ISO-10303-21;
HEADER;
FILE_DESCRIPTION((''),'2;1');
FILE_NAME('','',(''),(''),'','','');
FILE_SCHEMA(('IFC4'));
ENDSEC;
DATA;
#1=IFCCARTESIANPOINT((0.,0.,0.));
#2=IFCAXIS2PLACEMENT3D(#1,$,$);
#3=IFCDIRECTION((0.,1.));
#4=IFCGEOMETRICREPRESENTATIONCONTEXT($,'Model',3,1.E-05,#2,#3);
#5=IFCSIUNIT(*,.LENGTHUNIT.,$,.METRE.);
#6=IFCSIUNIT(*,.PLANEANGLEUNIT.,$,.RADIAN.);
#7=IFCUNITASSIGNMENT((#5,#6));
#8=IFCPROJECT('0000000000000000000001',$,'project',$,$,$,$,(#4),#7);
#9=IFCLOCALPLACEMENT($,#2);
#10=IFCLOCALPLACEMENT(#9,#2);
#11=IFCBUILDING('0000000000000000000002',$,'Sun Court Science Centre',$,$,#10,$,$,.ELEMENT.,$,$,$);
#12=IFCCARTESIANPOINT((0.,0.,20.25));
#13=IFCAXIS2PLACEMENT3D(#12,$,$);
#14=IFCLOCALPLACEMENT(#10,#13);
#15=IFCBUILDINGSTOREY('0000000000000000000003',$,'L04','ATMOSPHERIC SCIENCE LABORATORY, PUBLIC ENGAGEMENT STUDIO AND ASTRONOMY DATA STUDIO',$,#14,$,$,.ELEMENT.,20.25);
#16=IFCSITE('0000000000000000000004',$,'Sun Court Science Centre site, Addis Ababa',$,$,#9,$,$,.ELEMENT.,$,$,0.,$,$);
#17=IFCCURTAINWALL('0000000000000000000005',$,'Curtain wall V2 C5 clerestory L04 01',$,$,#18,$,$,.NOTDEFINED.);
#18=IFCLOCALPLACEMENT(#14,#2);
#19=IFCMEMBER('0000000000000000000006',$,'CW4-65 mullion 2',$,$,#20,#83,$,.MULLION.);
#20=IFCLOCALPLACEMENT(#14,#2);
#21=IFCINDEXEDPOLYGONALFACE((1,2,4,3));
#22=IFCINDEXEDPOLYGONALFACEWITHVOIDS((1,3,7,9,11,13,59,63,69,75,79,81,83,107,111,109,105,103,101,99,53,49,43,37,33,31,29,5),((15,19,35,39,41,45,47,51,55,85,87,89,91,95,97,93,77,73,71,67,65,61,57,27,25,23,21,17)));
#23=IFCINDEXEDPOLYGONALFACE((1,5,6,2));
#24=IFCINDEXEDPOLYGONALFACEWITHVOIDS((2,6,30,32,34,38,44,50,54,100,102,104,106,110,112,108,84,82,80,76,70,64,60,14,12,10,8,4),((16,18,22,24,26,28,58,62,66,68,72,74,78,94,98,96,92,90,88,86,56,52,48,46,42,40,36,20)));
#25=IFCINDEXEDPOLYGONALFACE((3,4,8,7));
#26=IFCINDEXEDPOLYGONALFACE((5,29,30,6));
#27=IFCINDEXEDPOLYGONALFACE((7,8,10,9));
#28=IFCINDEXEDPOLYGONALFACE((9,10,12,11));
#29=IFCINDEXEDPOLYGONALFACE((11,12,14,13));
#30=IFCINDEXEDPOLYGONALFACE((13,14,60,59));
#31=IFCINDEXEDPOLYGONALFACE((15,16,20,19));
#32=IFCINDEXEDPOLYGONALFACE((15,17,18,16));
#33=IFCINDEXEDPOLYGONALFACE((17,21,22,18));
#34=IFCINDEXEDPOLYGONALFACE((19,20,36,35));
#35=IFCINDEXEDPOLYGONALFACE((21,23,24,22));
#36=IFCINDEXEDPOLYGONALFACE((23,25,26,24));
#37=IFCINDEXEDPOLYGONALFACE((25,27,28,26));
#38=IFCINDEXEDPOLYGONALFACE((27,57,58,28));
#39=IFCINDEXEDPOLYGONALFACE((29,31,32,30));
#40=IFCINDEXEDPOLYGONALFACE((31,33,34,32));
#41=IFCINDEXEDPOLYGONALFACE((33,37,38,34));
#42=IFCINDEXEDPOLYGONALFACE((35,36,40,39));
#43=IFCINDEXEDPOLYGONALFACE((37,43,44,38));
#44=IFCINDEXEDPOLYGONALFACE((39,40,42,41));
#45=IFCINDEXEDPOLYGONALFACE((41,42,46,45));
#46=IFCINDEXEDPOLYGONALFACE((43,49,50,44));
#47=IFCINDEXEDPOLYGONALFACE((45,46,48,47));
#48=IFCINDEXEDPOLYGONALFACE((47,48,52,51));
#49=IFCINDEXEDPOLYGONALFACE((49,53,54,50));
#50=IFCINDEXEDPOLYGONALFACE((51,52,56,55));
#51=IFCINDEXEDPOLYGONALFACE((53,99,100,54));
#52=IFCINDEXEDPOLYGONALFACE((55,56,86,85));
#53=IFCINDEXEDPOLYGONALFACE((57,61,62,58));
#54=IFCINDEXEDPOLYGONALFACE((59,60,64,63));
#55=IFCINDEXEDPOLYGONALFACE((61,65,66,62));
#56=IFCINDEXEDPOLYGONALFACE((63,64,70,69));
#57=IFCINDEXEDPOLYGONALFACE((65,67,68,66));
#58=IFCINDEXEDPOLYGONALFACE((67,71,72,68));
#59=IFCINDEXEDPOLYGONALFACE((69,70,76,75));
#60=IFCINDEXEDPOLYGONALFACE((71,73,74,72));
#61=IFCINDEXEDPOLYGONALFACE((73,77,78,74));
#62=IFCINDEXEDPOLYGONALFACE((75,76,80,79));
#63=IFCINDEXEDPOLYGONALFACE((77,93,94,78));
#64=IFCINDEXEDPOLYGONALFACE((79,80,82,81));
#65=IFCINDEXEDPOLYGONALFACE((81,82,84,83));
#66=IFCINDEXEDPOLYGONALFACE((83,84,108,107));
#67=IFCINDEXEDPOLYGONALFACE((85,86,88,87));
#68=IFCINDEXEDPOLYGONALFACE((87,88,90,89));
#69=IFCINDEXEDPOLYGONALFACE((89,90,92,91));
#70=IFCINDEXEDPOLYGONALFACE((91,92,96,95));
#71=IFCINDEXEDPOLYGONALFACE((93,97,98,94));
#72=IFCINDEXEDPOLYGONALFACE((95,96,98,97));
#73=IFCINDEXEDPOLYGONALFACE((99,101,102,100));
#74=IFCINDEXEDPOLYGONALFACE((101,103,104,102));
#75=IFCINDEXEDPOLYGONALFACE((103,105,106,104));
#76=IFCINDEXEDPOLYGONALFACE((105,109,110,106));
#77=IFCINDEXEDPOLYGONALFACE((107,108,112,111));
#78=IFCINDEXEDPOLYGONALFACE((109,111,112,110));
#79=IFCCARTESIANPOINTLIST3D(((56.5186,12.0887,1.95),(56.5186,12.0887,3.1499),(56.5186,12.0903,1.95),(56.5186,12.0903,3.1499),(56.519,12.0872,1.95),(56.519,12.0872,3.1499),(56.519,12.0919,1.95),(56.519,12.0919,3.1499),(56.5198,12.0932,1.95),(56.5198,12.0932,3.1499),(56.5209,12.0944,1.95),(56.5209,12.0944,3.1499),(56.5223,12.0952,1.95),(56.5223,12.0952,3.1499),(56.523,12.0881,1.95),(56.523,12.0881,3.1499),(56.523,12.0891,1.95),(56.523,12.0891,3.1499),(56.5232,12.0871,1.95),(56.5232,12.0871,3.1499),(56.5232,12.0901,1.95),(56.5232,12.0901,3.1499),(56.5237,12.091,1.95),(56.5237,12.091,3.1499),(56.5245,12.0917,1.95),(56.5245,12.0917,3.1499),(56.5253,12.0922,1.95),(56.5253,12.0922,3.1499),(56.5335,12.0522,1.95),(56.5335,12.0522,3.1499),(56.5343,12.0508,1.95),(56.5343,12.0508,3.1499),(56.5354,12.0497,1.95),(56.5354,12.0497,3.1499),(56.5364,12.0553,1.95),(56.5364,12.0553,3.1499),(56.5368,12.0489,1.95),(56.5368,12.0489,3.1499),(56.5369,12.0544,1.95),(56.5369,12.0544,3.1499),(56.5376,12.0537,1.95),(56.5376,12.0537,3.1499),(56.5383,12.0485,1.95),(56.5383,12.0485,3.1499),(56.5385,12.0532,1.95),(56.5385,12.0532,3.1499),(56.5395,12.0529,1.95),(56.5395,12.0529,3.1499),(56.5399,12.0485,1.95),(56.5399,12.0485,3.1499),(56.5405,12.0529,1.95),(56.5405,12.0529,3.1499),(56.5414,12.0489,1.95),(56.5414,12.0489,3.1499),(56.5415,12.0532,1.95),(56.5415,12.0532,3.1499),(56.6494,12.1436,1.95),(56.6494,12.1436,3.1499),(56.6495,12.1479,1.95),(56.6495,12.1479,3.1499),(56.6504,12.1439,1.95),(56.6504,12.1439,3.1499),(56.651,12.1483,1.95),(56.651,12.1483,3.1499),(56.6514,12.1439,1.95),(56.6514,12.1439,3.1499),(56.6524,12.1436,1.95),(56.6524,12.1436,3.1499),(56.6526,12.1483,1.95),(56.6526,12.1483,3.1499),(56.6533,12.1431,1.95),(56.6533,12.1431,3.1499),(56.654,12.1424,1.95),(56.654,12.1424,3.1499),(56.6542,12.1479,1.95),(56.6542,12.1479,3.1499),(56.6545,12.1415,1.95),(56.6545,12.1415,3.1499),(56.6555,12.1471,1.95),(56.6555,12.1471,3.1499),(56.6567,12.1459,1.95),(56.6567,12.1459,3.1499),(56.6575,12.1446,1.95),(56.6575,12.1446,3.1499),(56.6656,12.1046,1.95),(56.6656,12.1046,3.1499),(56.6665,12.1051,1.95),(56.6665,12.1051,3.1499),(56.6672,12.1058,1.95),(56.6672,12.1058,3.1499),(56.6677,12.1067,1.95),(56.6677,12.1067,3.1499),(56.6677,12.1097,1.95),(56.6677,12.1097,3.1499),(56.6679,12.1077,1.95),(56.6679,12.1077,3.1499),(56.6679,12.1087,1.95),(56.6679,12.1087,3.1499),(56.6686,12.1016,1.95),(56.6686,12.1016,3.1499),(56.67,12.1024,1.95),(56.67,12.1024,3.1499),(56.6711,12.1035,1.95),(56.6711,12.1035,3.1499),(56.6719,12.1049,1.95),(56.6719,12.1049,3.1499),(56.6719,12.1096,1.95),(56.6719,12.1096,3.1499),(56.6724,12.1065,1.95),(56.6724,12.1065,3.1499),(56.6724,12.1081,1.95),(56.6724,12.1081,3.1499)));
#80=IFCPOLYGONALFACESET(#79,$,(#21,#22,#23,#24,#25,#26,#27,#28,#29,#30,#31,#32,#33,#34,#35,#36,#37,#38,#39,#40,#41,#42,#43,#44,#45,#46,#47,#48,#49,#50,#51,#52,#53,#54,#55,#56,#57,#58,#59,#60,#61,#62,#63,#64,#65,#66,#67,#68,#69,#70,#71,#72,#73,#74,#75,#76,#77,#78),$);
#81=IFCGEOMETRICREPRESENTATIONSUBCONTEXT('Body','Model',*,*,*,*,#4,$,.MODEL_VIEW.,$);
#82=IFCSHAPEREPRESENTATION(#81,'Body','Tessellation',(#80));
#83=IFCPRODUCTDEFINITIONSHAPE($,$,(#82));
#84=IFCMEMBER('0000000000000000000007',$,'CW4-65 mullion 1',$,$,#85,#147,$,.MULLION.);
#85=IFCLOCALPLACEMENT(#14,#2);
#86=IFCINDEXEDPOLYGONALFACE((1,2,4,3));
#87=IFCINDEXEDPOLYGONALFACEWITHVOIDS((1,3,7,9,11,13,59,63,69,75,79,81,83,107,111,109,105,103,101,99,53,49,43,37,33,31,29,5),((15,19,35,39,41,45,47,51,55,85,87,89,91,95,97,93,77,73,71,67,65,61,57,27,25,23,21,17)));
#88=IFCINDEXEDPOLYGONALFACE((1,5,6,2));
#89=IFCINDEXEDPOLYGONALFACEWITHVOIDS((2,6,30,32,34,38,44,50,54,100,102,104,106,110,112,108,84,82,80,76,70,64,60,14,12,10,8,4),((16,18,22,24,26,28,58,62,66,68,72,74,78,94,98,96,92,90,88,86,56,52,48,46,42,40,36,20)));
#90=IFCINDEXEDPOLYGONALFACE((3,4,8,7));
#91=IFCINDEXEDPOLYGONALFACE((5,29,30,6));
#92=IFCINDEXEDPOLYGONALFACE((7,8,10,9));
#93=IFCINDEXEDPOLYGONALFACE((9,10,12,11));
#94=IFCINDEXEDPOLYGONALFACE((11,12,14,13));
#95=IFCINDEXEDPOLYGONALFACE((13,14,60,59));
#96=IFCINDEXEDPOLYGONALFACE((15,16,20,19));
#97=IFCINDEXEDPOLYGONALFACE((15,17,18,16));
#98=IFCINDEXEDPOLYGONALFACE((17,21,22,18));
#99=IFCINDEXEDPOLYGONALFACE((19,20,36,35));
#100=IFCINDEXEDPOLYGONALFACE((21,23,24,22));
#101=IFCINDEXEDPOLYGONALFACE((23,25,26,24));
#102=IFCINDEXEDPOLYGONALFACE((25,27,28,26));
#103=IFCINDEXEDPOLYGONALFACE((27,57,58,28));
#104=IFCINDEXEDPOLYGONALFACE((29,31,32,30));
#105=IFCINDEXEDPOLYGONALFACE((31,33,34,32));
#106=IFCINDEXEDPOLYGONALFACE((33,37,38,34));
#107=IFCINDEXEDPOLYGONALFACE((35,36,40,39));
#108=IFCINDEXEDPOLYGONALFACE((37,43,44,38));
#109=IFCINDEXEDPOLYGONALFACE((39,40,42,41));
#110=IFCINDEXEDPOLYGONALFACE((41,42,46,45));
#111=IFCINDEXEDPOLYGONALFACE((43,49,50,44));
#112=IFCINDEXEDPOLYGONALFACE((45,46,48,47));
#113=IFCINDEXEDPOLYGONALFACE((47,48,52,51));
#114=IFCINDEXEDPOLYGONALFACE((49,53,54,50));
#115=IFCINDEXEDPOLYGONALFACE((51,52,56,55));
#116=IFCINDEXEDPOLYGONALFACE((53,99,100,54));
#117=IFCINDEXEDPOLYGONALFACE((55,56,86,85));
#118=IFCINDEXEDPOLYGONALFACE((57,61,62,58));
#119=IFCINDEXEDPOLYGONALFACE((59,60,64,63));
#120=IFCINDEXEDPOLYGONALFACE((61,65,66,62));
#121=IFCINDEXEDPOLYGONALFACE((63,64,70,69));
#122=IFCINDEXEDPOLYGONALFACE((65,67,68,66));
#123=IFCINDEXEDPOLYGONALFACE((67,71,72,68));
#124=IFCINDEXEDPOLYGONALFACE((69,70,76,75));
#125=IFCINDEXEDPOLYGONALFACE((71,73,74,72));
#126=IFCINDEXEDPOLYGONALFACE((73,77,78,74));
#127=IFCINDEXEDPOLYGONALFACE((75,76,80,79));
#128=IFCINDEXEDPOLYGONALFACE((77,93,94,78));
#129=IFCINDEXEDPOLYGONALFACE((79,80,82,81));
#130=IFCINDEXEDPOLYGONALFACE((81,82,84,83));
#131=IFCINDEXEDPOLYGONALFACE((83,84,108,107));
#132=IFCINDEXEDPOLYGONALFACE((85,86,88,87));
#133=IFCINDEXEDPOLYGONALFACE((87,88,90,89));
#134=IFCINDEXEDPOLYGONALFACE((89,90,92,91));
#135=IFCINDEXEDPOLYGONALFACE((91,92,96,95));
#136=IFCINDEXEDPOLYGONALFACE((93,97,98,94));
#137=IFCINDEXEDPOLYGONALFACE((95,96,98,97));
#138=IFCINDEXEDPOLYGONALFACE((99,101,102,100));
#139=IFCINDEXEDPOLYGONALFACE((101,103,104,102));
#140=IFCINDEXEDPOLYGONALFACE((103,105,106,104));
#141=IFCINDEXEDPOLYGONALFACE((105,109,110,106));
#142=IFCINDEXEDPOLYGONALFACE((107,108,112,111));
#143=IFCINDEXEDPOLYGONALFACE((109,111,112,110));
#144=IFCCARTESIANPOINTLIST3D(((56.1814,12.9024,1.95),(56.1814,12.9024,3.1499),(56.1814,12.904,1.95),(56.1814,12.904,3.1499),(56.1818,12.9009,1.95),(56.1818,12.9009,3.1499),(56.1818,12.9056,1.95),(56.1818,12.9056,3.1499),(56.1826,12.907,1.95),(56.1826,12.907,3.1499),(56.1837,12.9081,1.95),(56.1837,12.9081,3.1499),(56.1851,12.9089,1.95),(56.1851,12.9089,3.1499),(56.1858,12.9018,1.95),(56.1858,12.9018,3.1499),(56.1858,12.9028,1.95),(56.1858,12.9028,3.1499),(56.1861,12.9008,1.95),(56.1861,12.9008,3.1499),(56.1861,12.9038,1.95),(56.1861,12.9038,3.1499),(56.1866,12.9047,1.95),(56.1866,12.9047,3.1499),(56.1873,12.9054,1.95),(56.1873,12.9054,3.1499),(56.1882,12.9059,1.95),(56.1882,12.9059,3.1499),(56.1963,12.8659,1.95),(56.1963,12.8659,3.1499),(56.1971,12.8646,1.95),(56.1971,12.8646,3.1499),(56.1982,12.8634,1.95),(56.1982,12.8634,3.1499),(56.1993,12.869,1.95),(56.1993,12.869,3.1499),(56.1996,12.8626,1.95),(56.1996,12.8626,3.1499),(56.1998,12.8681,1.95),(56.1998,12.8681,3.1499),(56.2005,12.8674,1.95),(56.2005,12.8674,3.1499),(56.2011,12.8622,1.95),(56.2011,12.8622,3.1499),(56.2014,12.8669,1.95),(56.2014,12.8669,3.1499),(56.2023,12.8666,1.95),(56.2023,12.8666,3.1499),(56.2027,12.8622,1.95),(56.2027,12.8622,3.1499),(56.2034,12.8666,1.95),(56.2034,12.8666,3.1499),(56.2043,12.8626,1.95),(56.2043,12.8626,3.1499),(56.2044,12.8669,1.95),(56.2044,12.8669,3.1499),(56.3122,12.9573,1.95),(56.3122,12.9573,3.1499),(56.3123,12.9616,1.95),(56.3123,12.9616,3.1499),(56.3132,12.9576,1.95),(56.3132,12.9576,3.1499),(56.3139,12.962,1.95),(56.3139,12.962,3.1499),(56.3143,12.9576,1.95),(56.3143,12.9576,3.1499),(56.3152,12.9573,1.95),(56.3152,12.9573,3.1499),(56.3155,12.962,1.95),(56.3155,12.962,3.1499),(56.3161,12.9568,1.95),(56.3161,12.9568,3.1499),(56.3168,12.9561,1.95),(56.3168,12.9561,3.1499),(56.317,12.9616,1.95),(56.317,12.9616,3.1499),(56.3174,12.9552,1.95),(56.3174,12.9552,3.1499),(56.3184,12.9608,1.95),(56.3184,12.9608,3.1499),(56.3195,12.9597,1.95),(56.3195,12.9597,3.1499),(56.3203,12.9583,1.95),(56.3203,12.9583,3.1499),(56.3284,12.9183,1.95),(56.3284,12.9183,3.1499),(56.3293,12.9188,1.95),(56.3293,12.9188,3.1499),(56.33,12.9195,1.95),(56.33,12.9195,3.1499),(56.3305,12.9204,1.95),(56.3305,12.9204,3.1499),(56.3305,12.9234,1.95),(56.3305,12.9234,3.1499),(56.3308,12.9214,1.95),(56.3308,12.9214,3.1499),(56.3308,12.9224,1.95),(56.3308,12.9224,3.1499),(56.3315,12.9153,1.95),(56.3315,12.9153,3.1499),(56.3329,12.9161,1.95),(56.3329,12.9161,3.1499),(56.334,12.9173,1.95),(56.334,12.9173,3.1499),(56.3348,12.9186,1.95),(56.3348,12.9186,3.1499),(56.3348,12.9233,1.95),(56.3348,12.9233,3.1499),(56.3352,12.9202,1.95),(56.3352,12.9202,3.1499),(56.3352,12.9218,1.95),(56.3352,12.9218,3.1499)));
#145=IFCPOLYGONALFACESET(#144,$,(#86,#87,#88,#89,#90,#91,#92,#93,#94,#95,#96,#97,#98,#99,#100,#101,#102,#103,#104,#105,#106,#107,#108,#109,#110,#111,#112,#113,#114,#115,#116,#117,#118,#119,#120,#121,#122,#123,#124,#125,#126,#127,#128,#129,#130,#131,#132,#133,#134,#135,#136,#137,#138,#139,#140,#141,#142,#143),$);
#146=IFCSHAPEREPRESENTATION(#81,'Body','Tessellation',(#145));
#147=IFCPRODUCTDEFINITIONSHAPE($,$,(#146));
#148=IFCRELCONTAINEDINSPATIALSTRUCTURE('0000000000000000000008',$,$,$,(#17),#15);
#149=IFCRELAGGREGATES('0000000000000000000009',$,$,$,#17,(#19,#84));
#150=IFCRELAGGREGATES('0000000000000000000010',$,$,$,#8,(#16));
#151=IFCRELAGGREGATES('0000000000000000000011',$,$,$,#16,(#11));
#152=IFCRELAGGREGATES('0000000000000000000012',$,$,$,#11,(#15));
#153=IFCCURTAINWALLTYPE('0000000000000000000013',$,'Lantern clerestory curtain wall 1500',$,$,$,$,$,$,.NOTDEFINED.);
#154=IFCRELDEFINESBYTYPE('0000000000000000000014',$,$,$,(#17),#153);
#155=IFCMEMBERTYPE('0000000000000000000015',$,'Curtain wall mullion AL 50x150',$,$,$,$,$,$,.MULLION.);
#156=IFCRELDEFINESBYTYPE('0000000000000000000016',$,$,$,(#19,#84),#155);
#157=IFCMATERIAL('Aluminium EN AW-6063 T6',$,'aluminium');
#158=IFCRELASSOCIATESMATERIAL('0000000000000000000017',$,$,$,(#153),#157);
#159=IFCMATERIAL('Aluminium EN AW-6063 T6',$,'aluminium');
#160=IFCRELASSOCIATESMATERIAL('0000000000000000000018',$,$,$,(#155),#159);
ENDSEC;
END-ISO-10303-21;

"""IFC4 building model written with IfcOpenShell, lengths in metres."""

from ifc_helpers import new_model, si_unit, direction, frame, origin, origin_2d, place, context, subcontext, project, spatial, hollow_rectangle, extrude, material, material_profile, profile_set, type_object, element, aggregate, save


model = new_model("IFC4")

# Units and contexts
model_context = context("Model", 3, precision=1e-05, world=origin(), true_north=direction((0.0, 1.0)))
body_context = subcontext(model_context, "Body", "Model", "MODEL_VIEW")
ifc_project = project(units=[si_unit("LENGTHUNIT", "METRE"), si_unit("PLANEANGLEUNIT", "RADIAN")], contexts=[model_context])

# Site, building, storey
site_placement = place(None, origin())
site = spatial("IfcSite", under=ifc_project, at=site_placement, Name="Sun Court Science Centre site, Addis Ababa", CompositionType="ELEMENT", RefElevation=0.0)
building_placement = place(site_placement, origin())
building = spatial("IfcBuilding", under=site, at=building_placement, Name="Sun Court Science Centre", CompositionType="ELEMENT")
storey_placement = place(building_placement, frame((0.0, 0.0, 20.25)))
storey = spatial("IfcBuildingStorey", under=building, at=storey_placement, Name="L04", Description="ATMOSPHERIC SCIENCE LABORATORY, PUBLIC ENGAGEMENT STUDIO AND ASTRONOMY DATA STUDIO", CompositionType="ELEMENT", Elevation=20.25)

# Curtain wall, members
ifc_material_1 = material(Name="Aluminium EN AW-6063 T6", Category="aluminium")
curtain_wall_type = type_object("IfcCurtainWallType", Name="Lantern clerestory curtain wall 1500", PredefinedType="NOTDEFINED", material=ifc_material_1)
curtain_wall_1_placement = place(storey_placement, origin())
curtain_wall_1 = element("IfcCurtainWall", 1, at=curtain_wall_1_placement, inside=storey, type_object=curtain_wall_type, Name="Curtain wall V2 C5 clerestory L04 01", PredefinedType="NOTDEFINED")
ifc_material_2 = material(Name="Aluminium EN AW-6063 T6", Category="aluminium")
ifc_material_profile_1 = material_profile(ifc_material_2, hollow_rectangle(XDim=0.05, YDim=0.1499, WallThickness=0.0039, InnerFilletRadius=0.0039, OuterFilletRadius=0.0061, at=origin_2d()), Name="AL 50x150x4")
ifc_profile_set_1 = profile_set([ifc_material_profile_1], Name="Aluminium EN AW-6063 T6")
member_type_1 = type_object("IfcMemberType", Name="Curtain wall mullion AL 50x150", PredefinedType="MULLION", material=ifc_profile_set_1)
member_1_placement = place(storey_placement, frame((56.5955, 12.0984, 1.95), z_axis=(0.0, 0.0, 1.0), x_axis=(0.382683, -0.92388, 0.0)))
member_1 = element("IfcMember", 2, at=member_1_placement, type_object=member_type_1, Name="CW4-65 mullion 2", PredefinedType="MULLION", context=body_context, shape_type="SweptSolid", body=[
    extrude(hollow_rectangle(XDim=0.05, YDim=0.1499, WallThickness=0.0039, InnerFilletRadius=0.0039, OuterFilletRadius=0.0061, at=origin_2d()), origin(), (0.0, 0.0, 1.0), 1.2),
])
member_2_placement = place(storey_placement, frame((56.2583, 12.9121, 1.95), z_axis=(0.0, 0.0, 1.0), x_axis=(0.382683, -0.92388, 0.0)))
member_2 = element("IfcMember", 3, at=member_2_placement, type_object=member_type_1, Name="CW4-65 mullion 1", PredefinedType="MULLION", context=body_context, shape_type="SweptSolid", body=[
    extrude(hollow_rectangle(XDim=0.05, YDim=0.1499, WallThickness=0.0039, InnerFilletRadius=0.0039, OuterFilletRadius=0.0061, at=origin_2d()), origin(), (0.0, 0.0, 1.0), 1.2),
])

aggregate(curtain_wall_1, [member_1, member_2])

save(model, "model.ifc")
